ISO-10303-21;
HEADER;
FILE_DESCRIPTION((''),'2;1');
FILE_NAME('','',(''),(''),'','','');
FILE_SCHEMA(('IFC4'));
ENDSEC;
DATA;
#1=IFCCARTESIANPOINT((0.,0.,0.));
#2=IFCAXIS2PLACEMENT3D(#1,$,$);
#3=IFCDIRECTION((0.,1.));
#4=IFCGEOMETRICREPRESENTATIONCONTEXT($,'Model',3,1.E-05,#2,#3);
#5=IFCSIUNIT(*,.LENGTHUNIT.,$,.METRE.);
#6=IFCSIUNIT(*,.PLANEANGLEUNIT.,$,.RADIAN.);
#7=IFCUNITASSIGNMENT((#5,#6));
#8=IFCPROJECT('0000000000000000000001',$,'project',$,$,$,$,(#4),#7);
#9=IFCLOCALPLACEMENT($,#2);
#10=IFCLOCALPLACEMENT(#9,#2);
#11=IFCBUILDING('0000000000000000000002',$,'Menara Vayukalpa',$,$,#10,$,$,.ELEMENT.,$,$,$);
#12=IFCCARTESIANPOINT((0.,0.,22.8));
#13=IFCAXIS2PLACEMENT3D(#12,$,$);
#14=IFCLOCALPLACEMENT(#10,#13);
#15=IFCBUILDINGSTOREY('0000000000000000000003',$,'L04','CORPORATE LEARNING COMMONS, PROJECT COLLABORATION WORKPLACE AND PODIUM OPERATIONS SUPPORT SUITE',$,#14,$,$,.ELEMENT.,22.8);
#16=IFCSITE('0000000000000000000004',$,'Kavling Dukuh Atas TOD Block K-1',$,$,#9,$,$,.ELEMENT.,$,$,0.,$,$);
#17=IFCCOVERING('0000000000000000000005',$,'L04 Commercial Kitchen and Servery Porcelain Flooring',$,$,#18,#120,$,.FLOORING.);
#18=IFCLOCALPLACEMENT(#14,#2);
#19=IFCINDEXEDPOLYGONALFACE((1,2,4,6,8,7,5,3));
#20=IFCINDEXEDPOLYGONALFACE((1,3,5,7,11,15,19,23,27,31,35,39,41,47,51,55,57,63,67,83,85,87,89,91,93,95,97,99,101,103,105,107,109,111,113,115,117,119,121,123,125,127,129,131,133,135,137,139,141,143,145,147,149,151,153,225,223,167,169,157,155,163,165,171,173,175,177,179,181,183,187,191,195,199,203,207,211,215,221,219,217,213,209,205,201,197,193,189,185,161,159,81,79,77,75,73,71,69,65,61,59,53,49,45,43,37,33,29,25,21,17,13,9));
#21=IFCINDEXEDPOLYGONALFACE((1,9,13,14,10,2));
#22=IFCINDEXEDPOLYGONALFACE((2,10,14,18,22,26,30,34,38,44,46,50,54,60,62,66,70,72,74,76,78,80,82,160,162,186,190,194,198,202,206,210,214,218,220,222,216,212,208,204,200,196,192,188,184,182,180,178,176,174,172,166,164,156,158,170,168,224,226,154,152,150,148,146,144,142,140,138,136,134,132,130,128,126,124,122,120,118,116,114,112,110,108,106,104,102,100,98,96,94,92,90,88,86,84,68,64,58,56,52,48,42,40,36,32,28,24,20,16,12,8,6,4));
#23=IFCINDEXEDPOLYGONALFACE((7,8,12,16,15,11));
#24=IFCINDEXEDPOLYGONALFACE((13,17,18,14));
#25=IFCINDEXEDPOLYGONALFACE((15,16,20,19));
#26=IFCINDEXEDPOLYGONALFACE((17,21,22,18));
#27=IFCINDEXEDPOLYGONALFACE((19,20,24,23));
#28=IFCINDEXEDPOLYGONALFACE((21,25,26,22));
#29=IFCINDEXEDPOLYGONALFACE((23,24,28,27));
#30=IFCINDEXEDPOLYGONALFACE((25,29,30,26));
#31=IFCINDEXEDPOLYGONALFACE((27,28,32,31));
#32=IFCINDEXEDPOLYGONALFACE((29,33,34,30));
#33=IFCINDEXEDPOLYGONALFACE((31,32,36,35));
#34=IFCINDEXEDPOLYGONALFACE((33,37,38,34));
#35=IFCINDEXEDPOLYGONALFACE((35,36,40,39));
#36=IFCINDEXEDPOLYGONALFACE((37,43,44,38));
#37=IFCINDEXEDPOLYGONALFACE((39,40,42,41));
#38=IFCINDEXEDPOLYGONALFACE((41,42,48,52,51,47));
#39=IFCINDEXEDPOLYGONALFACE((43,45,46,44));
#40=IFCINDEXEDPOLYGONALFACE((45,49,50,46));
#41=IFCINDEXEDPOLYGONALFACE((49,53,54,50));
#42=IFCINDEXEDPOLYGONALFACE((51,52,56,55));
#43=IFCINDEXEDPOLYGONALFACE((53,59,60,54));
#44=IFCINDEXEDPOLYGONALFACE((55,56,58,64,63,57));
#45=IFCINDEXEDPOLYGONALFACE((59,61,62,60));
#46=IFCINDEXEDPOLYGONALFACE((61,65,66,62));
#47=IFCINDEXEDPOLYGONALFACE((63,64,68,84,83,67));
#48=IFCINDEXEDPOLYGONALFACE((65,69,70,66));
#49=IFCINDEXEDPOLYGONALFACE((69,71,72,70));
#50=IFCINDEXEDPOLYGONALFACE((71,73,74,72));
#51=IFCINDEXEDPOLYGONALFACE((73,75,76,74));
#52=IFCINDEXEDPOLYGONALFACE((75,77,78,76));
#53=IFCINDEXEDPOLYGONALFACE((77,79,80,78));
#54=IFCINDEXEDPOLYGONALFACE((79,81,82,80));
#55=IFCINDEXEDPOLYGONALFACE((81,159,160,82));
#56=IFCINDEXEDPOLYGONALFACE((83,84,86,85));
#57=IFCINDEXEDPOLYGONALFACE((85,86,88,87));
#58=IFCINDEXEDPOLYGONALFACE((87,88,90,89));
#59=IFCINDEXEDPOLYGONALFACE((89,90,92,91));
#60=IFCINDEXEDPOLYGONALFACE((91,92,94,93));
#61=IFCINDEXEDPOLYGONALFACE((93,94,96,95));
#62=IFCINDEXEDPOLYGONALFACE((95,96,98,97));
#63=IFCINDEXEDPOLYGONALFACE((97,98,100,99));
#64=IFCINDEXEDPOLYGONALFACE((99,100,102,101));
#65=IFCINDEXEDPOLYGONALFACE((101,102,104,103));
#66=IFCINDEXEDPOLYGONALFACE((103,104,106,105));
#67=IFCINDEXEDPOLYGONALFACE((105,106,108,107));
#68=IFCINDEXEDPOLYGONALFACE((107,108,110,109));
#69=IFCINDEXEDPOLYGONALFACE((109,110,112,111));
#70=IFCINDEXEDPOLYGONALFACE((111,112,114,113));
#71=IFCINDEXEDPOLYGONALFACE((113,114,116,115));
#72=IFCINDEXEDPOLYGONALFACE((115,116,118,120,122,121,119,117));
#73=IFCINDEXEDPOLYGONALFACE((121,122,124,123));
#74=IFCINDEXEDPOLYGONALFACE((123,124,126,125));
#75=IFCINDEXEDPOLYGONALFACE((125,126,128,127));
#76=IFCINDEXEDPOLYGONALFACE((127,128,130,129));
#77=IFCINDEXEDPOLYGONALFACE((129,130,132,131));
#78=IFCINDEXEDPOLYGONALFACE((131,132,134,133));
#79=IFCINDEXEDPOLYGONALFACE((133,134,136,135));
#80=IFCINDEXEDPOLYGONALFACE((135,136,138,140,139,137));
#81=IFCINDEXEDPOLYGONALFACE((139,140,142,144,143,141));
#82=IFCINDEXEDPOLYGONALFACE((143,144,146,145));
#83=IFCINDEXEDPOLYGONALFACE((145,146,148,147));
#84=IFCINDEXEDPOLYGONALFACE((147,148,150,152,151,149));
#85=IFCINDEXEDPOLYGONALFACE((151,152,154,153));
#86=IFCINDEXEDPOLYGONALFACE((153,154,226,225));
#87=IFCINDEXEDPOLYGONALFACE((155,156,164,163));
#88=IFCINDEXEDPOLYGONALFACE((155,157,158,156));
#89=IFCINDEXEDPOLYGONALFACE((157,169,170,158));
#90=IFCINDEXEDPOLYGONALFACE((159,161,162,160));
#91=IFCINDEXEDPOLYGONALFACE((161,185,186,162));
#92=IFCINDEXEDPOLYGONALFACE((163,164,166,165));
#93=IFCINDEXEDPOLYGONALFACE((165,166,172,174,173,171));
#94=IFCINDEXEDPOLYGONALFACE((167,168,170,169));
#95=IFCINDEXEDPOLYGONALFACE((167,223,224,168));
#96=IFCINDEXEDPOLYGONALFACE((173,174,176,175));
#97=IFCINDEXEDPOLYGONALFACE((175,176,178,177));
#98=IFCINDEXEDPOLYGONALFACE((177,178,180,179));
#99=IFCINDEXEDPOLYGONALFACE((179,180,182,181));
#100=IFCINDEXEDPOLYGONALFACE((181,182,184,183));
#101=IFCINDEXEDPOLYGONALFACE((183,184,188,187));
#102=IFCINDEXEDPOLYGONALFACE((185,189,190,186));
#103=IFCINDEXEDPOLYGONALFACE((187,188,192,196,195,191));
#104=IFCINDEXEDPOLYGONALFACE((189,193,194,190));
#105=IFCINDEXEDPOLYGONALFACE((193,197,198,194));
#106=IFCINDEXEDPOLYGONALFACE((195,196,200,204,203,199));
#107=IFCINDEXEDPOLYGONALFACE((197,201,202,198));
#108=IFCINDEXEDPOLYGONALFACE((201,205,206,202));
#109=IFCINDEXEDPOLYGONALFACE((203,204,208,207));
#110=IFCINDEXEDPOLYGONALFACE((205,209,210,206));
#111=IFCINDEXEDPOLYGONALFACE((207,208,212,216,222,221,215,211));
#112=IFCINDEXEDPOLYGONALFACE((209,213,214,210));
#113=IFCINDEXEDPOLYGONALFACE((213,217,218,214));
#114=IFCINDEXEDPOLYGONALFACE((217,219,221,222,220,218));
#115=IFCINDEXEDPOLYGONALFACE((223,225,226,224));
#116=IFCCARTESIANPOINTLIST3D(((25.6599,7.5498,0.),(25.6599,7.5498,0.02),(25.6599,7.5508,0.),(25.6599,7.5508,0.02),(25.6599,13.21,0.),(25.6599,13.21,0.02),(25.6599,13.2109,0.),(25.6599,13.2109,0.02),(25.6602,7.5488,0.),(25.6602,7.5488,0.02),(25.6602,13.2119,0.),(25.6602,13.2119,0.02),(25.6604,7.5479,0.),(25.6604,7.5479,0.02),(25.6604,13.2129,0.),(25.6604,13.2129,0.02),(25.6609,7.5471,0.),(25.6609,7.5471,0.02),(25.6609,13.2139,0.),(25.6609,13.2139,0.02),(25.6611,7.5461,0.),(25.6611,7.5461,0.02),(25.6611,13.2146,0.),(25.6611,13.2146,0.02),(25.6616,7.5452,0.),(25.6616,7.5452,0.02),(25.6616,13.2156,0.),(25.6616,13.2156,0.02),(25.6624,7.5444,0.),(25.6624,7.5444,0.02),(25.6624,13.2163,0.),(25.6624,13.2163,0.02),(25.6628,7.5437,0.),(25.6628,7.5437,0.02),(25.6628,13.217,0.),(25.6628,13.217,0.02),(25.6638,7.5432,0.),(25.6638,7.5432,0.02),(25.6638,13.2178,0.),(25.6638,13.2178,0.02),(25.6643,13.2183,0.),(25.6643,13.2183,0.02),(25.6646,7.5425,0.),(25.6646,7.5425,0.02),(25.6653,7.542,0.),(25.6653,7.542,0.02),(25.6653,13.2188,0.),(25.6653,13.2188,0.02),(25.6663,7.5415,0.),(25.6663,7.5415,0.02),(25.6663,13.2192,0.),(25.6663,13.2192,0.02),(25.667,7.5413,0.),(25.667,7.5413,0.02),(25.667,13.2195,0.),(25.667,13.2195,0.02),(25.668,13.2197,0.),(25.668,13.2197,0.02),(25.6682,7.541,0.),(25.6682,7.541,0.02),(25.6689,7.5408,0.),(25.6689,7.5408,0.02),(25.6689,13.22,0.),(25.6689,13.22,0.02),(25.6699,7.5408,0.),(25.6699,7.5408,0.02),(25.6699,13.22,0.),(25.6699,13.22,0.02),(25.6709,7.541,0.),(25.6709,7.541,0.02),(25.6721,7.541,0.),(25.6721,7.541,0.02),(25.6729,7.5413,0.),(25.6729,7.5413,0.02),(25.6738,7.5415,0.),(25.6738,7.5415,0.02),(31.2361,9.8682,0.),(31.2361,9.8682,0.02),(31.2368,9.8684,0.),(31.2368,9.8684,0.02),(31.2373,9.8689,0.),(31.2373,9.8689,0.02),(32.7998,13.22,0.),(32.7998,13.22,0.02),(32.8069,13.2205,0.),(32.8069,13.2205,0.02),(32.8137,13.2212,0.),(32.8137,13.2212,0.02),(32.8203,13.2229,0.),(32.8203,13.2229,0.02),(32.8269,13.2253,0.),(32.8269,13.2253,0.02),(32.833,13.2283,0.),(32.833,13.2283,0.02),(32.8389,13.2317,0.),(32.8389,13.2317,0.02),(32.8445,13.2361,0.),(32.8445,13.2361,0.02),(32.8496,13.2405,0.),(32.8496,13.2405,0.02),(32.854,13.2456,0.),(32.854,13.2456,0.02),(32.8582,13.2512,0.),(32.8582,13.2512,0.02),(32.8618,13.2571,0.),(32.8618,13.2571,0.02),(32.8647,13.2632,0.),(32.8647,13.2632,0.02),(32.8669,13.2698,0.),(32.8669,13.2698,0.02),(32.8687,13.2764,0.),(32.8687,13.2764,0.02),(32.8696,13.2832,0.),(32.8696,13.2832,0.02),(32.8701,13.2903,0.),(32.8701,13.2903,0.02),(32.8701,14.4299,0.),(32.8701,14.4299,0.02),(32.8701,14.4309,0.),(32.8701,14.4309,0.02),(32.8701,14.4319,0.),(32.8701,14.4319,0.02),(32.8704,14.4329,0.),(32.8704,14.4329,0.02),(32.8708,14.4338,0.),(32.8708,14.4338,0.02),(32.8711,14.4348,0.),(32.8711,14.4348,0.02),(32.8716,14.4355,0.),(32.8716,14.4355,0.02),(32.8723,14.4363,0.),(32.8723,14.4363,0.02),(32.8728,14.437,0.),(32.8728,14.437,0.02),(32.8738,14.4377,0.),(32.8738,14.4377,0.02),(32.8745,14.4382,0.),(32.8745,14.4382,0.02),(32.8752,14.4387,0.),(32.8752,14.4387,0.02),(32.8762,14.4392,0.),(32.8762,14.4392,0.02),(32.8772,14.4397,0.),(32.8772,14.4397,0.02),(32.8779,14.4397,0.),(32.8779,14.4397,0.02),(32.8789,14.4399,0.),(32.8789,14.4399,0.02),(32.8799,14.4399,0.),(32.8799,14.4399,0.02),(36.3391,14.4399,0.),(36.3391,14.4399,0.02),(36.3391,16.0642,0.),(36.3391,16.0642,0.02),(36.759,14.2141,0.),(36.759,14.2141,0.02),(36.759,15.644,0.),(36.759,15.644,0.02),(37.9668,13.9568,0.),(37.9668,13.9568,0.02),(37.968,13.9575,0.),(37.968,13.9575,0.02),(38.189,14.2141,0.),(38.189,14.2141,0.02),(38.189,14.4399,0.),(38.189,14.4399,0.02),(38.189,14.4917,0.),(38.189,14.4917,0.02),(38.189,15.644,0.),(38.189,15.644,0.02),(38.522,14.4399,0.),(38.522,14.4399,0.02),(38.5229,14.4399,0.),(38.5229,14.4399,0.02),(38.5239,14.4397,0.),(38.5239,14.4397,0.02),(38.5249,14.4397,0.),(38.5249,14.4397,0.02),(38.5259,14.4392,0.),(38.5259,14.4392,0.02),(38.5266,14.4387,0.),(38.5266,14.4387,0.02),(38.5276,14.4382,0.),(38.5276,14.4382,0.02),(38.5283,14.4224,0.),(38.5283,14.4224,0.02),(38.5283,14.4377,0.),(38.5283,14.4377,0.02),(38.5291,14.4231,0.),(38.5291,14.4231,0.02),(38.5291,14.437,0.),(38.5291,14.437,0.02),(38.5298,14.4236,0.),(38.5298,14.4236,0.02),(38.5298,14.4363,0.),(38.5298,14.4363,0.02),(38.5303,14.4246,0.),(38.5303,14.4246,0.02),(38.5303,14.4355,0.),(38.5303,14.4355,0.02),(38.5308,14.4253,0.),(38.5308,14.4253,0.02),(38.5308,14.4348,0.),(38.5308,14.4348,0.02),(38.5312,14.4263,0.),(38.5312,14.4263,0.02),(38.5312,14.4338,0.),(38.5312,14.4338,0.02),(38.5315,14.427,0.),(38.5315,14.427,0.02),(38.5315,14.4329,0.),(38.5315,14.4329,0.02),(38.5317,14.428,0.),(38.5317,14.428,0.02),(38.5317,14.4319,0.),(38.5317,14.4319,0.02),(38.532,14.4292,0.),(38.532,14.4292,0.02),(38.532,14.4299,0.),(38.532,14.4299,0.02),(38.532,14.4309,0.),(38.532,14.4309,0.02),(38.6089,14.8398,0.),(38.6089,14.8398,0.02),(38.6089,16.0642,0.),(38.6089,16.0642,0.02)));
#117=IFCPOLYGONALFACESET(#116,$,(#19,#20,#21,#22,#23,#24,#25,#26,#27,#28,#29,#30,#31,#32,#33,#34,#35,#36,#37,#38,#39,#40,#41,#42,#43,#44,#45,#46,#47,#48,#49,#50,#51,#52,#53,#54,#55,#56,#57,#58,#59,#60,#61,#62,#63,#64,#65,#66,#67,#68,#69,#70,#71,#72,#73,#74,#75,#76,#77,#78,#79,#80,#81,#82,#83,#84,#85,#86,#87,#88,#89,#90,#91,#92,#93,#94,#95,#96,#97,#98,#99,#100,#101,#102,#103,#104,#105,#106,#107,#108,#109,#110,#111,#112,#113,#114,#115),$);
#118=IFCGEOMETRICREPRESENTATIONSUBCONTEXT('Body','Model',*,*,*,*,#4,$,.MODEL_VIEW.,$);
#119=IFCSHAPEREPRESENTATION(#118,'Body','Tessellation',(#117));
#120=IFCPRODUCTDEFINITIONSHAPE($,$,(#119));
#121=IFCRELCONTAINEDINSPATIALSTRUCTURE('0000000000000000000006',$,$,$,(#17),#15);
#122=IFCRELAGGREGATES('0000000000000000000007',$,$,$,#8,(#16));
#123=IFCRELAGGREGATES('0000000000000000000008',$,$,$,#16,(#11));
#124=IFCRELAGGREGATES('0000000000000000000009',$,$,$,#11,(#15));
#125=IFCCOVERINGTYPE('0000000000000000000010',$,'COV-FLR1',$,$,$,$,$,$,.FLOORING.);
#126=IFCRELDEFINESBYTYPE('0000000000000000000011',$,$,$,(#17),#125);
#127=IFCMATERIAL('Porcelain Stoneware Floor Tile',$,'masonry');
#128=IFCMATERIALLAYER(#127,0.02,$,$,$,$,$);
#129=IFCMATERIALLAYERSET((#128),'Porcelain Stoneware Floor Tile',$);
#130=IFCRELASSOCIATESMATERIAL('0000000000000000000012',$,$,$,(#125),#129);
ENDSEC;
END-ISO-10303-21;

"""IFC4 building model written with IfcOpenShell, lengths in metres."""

from ifc_helpers import new_model, si_unit, direction, frame, origin, place, context, subcontext, project, spatial, polyline, outline, extrude, material, layer, layer_set, type_object, element, save


model = new_model("IFC4")

# Units and contexts
model_context = context("Model", 3, precision=1e-05, world=origin(), true_north=direction((0.0, 1.0)))
body_context = subcontext(model_context, "Body", "Model", "MODEL_VIEW")
ifc_project = project(units=[si_unit("LENGTHUNIT", "METRE"), si_unit("PLANEANGLEUNIT", "RADIAN")], contexts=[model_context])

# Site, building, storey
site_placement = place(None, origin())
site = spatial("IfcSite", under=ifc_project, at=site_placement, Name="Kavling Dukuh Atas TOD Block K-1", CompositionType="ELEMENT", RefElevation=0.0)
building_placement = place(site_placement, origin())
building = spatial("IfcBuilding", under=site, at=building_placement, Name="Menara Vayukalpa", CompositionType="ELEMENT")
storey_placement = place(building_placement, frame((0.0, 0.0, 22.8)))
storey = spatial("IfcBuildingStorey", under=building, at=storey_placement, Name="L04", Description="CORPORATE LEARNING COMMONS, PROJECT COLLABORATION WORKPLACE AND PODIUM OPERATIONS SUPPORT SUITE", CompositionType="ELEMENT", Elevation=22.8)

# Covering
ifc_material_1 = material(Name="Porcelain Stoneware Floor Tile", Category="masonry")
ifc_layer_1 = layer(ifc_material_1, 0.02)
ifc_layer_set_1 = layer_set([ifc_layer_1], Name="Porcelain Stoneware Floor Tile")
covering_type_1 = type_object("IfcCoveringType", Name="COV-FLR1", PredefinedType="FLOORING", material=ifc_layer_set_1)
covering_1_placement = place(storey_placement, origin())
element("IfcCovering", 1, at=covering_1_placement, inside=storey, type_object=covering_type_1, Name="L04 Commercial Kitchen and Servery Porcelain Flooring", PredefinedType="FLOORING", context=body_context, shape_type="SweptSolid", body=[
    extrude(outline(polyline([(31.2361, 9.8682), (25.6738, 7.5415), (25.6729, 7.5413), (25.6721, 7.541), (25.6709, 7.541), (25.6699, 7.5408), (25.6689, 7.5408), (25.6682, 7.541), (25.667, 7.5413), (25.6663, 7.5415), (25.6653, 7.542), (25.6646, 7.5425), (25.6638, 7.5432), (25.6628, 7.5437), (25.6624, 7.5444), (25.6616, 7.5452), (25.6611, 7.5461), (25.6609, 7.5471), (25.6604, 7.5479), (25.6602, 7.5488), (25.6599, 7.5498), (25.6599, 7.5508), (25.6599, 13.21), (25.6599, 13.2109), (25.6602, 13.2119), (25.6604, 13.2129), (25.6609, 13.2139), (25.6611, 13.2146), (25.6616, 13.2156), (25.6624, 13.2163), (25.6628, 13.217), (25.6638, 13.2178), (25.6643, 13.2183), (25.6653, 13.2188), (25.6663, 13.2192), (25.667, 13.2195), (25.668, 13.2197), (25.6689, 13.22), (25.6699, 13.22), (32.7998, 13.22), (32.8069, 13.2205), (32.8137, 13.2212), (32.8203, 13.2229), (32.8269, 13.2253), (32.833, 13.2283), (32.8389, 13.2317), (32.8445, 13.2361), (32.8496, 13.2405), (32.854, 13.2456), (32.8582, 13.2512), (32.8618, 13.2571), (32.8647, 13.2632), (32.8669, 13.2698), (32.8687, 13.2764), (32.8696, 13.2832), (32.8701, 13.2903), (32.8701, 14.4299), (32.8701, 14.4309), (32.8701, 14.4319), (32.8704, 14.4329), (32.8708, 14.4338), (32.8711, 14.4348), (32.8716, 14.4355), (32.8723, 14.4363), (32.8728, 14.437), (32.8738, 14.4377), (32.8745, 14.4382), (32.8752, 14.4387), (32.8762, 14.4392), (32.8772, 14.4397), (32.8779, 14.4397), (32.8789, 14.4399), (32.8799, 14.4399), (36.3391, 14.4399), (36.3391, 16.0642), (38.6089, 16.0642), (38.6089, 14.8398), (38.189, 14.4917), (38.189, 15.644), (36.759, 15.644), (36.759, 14.2141), (38.189, 14.2141), (38.189, 14.4399), (38.522, 14.4399), (38.5229, 14.4399), (38.5239, 14.4397), (38.5249, 14.4397), (38.5259, 14.4392), (38.5266, 14.4387), (38.5276, 14.4382), (38.5283, 14.4377), (38.5291, 14.437), (38.5298, 14.4363), (38.5303, 14.4355), (38.5308, 14.4348), (38.5312, 14.4338), (38.5315, 14.4329), (38.5317, 14.4319), (38.532, 14.4309), (38.532, 14.4299), (38.532, 14.4292), (38.5317, 14.428), (38.5315, 14.427), (38.5312, 14.4263), (38.5308, 14.4253), (38.5303, 14.4246), (38.5298, 14.4236), (38.5291, 14.4231), (38.5283, 14.4224), (37.968, 13.9575), (37.9668, 13.9568), (31.2373, 9.8689), (31.2368, 9.8684), (31.2361, 9.8682)])), origin(), (0.0, 0.0, 1.0), 0.02),
])

save(model, "model.ifc")
